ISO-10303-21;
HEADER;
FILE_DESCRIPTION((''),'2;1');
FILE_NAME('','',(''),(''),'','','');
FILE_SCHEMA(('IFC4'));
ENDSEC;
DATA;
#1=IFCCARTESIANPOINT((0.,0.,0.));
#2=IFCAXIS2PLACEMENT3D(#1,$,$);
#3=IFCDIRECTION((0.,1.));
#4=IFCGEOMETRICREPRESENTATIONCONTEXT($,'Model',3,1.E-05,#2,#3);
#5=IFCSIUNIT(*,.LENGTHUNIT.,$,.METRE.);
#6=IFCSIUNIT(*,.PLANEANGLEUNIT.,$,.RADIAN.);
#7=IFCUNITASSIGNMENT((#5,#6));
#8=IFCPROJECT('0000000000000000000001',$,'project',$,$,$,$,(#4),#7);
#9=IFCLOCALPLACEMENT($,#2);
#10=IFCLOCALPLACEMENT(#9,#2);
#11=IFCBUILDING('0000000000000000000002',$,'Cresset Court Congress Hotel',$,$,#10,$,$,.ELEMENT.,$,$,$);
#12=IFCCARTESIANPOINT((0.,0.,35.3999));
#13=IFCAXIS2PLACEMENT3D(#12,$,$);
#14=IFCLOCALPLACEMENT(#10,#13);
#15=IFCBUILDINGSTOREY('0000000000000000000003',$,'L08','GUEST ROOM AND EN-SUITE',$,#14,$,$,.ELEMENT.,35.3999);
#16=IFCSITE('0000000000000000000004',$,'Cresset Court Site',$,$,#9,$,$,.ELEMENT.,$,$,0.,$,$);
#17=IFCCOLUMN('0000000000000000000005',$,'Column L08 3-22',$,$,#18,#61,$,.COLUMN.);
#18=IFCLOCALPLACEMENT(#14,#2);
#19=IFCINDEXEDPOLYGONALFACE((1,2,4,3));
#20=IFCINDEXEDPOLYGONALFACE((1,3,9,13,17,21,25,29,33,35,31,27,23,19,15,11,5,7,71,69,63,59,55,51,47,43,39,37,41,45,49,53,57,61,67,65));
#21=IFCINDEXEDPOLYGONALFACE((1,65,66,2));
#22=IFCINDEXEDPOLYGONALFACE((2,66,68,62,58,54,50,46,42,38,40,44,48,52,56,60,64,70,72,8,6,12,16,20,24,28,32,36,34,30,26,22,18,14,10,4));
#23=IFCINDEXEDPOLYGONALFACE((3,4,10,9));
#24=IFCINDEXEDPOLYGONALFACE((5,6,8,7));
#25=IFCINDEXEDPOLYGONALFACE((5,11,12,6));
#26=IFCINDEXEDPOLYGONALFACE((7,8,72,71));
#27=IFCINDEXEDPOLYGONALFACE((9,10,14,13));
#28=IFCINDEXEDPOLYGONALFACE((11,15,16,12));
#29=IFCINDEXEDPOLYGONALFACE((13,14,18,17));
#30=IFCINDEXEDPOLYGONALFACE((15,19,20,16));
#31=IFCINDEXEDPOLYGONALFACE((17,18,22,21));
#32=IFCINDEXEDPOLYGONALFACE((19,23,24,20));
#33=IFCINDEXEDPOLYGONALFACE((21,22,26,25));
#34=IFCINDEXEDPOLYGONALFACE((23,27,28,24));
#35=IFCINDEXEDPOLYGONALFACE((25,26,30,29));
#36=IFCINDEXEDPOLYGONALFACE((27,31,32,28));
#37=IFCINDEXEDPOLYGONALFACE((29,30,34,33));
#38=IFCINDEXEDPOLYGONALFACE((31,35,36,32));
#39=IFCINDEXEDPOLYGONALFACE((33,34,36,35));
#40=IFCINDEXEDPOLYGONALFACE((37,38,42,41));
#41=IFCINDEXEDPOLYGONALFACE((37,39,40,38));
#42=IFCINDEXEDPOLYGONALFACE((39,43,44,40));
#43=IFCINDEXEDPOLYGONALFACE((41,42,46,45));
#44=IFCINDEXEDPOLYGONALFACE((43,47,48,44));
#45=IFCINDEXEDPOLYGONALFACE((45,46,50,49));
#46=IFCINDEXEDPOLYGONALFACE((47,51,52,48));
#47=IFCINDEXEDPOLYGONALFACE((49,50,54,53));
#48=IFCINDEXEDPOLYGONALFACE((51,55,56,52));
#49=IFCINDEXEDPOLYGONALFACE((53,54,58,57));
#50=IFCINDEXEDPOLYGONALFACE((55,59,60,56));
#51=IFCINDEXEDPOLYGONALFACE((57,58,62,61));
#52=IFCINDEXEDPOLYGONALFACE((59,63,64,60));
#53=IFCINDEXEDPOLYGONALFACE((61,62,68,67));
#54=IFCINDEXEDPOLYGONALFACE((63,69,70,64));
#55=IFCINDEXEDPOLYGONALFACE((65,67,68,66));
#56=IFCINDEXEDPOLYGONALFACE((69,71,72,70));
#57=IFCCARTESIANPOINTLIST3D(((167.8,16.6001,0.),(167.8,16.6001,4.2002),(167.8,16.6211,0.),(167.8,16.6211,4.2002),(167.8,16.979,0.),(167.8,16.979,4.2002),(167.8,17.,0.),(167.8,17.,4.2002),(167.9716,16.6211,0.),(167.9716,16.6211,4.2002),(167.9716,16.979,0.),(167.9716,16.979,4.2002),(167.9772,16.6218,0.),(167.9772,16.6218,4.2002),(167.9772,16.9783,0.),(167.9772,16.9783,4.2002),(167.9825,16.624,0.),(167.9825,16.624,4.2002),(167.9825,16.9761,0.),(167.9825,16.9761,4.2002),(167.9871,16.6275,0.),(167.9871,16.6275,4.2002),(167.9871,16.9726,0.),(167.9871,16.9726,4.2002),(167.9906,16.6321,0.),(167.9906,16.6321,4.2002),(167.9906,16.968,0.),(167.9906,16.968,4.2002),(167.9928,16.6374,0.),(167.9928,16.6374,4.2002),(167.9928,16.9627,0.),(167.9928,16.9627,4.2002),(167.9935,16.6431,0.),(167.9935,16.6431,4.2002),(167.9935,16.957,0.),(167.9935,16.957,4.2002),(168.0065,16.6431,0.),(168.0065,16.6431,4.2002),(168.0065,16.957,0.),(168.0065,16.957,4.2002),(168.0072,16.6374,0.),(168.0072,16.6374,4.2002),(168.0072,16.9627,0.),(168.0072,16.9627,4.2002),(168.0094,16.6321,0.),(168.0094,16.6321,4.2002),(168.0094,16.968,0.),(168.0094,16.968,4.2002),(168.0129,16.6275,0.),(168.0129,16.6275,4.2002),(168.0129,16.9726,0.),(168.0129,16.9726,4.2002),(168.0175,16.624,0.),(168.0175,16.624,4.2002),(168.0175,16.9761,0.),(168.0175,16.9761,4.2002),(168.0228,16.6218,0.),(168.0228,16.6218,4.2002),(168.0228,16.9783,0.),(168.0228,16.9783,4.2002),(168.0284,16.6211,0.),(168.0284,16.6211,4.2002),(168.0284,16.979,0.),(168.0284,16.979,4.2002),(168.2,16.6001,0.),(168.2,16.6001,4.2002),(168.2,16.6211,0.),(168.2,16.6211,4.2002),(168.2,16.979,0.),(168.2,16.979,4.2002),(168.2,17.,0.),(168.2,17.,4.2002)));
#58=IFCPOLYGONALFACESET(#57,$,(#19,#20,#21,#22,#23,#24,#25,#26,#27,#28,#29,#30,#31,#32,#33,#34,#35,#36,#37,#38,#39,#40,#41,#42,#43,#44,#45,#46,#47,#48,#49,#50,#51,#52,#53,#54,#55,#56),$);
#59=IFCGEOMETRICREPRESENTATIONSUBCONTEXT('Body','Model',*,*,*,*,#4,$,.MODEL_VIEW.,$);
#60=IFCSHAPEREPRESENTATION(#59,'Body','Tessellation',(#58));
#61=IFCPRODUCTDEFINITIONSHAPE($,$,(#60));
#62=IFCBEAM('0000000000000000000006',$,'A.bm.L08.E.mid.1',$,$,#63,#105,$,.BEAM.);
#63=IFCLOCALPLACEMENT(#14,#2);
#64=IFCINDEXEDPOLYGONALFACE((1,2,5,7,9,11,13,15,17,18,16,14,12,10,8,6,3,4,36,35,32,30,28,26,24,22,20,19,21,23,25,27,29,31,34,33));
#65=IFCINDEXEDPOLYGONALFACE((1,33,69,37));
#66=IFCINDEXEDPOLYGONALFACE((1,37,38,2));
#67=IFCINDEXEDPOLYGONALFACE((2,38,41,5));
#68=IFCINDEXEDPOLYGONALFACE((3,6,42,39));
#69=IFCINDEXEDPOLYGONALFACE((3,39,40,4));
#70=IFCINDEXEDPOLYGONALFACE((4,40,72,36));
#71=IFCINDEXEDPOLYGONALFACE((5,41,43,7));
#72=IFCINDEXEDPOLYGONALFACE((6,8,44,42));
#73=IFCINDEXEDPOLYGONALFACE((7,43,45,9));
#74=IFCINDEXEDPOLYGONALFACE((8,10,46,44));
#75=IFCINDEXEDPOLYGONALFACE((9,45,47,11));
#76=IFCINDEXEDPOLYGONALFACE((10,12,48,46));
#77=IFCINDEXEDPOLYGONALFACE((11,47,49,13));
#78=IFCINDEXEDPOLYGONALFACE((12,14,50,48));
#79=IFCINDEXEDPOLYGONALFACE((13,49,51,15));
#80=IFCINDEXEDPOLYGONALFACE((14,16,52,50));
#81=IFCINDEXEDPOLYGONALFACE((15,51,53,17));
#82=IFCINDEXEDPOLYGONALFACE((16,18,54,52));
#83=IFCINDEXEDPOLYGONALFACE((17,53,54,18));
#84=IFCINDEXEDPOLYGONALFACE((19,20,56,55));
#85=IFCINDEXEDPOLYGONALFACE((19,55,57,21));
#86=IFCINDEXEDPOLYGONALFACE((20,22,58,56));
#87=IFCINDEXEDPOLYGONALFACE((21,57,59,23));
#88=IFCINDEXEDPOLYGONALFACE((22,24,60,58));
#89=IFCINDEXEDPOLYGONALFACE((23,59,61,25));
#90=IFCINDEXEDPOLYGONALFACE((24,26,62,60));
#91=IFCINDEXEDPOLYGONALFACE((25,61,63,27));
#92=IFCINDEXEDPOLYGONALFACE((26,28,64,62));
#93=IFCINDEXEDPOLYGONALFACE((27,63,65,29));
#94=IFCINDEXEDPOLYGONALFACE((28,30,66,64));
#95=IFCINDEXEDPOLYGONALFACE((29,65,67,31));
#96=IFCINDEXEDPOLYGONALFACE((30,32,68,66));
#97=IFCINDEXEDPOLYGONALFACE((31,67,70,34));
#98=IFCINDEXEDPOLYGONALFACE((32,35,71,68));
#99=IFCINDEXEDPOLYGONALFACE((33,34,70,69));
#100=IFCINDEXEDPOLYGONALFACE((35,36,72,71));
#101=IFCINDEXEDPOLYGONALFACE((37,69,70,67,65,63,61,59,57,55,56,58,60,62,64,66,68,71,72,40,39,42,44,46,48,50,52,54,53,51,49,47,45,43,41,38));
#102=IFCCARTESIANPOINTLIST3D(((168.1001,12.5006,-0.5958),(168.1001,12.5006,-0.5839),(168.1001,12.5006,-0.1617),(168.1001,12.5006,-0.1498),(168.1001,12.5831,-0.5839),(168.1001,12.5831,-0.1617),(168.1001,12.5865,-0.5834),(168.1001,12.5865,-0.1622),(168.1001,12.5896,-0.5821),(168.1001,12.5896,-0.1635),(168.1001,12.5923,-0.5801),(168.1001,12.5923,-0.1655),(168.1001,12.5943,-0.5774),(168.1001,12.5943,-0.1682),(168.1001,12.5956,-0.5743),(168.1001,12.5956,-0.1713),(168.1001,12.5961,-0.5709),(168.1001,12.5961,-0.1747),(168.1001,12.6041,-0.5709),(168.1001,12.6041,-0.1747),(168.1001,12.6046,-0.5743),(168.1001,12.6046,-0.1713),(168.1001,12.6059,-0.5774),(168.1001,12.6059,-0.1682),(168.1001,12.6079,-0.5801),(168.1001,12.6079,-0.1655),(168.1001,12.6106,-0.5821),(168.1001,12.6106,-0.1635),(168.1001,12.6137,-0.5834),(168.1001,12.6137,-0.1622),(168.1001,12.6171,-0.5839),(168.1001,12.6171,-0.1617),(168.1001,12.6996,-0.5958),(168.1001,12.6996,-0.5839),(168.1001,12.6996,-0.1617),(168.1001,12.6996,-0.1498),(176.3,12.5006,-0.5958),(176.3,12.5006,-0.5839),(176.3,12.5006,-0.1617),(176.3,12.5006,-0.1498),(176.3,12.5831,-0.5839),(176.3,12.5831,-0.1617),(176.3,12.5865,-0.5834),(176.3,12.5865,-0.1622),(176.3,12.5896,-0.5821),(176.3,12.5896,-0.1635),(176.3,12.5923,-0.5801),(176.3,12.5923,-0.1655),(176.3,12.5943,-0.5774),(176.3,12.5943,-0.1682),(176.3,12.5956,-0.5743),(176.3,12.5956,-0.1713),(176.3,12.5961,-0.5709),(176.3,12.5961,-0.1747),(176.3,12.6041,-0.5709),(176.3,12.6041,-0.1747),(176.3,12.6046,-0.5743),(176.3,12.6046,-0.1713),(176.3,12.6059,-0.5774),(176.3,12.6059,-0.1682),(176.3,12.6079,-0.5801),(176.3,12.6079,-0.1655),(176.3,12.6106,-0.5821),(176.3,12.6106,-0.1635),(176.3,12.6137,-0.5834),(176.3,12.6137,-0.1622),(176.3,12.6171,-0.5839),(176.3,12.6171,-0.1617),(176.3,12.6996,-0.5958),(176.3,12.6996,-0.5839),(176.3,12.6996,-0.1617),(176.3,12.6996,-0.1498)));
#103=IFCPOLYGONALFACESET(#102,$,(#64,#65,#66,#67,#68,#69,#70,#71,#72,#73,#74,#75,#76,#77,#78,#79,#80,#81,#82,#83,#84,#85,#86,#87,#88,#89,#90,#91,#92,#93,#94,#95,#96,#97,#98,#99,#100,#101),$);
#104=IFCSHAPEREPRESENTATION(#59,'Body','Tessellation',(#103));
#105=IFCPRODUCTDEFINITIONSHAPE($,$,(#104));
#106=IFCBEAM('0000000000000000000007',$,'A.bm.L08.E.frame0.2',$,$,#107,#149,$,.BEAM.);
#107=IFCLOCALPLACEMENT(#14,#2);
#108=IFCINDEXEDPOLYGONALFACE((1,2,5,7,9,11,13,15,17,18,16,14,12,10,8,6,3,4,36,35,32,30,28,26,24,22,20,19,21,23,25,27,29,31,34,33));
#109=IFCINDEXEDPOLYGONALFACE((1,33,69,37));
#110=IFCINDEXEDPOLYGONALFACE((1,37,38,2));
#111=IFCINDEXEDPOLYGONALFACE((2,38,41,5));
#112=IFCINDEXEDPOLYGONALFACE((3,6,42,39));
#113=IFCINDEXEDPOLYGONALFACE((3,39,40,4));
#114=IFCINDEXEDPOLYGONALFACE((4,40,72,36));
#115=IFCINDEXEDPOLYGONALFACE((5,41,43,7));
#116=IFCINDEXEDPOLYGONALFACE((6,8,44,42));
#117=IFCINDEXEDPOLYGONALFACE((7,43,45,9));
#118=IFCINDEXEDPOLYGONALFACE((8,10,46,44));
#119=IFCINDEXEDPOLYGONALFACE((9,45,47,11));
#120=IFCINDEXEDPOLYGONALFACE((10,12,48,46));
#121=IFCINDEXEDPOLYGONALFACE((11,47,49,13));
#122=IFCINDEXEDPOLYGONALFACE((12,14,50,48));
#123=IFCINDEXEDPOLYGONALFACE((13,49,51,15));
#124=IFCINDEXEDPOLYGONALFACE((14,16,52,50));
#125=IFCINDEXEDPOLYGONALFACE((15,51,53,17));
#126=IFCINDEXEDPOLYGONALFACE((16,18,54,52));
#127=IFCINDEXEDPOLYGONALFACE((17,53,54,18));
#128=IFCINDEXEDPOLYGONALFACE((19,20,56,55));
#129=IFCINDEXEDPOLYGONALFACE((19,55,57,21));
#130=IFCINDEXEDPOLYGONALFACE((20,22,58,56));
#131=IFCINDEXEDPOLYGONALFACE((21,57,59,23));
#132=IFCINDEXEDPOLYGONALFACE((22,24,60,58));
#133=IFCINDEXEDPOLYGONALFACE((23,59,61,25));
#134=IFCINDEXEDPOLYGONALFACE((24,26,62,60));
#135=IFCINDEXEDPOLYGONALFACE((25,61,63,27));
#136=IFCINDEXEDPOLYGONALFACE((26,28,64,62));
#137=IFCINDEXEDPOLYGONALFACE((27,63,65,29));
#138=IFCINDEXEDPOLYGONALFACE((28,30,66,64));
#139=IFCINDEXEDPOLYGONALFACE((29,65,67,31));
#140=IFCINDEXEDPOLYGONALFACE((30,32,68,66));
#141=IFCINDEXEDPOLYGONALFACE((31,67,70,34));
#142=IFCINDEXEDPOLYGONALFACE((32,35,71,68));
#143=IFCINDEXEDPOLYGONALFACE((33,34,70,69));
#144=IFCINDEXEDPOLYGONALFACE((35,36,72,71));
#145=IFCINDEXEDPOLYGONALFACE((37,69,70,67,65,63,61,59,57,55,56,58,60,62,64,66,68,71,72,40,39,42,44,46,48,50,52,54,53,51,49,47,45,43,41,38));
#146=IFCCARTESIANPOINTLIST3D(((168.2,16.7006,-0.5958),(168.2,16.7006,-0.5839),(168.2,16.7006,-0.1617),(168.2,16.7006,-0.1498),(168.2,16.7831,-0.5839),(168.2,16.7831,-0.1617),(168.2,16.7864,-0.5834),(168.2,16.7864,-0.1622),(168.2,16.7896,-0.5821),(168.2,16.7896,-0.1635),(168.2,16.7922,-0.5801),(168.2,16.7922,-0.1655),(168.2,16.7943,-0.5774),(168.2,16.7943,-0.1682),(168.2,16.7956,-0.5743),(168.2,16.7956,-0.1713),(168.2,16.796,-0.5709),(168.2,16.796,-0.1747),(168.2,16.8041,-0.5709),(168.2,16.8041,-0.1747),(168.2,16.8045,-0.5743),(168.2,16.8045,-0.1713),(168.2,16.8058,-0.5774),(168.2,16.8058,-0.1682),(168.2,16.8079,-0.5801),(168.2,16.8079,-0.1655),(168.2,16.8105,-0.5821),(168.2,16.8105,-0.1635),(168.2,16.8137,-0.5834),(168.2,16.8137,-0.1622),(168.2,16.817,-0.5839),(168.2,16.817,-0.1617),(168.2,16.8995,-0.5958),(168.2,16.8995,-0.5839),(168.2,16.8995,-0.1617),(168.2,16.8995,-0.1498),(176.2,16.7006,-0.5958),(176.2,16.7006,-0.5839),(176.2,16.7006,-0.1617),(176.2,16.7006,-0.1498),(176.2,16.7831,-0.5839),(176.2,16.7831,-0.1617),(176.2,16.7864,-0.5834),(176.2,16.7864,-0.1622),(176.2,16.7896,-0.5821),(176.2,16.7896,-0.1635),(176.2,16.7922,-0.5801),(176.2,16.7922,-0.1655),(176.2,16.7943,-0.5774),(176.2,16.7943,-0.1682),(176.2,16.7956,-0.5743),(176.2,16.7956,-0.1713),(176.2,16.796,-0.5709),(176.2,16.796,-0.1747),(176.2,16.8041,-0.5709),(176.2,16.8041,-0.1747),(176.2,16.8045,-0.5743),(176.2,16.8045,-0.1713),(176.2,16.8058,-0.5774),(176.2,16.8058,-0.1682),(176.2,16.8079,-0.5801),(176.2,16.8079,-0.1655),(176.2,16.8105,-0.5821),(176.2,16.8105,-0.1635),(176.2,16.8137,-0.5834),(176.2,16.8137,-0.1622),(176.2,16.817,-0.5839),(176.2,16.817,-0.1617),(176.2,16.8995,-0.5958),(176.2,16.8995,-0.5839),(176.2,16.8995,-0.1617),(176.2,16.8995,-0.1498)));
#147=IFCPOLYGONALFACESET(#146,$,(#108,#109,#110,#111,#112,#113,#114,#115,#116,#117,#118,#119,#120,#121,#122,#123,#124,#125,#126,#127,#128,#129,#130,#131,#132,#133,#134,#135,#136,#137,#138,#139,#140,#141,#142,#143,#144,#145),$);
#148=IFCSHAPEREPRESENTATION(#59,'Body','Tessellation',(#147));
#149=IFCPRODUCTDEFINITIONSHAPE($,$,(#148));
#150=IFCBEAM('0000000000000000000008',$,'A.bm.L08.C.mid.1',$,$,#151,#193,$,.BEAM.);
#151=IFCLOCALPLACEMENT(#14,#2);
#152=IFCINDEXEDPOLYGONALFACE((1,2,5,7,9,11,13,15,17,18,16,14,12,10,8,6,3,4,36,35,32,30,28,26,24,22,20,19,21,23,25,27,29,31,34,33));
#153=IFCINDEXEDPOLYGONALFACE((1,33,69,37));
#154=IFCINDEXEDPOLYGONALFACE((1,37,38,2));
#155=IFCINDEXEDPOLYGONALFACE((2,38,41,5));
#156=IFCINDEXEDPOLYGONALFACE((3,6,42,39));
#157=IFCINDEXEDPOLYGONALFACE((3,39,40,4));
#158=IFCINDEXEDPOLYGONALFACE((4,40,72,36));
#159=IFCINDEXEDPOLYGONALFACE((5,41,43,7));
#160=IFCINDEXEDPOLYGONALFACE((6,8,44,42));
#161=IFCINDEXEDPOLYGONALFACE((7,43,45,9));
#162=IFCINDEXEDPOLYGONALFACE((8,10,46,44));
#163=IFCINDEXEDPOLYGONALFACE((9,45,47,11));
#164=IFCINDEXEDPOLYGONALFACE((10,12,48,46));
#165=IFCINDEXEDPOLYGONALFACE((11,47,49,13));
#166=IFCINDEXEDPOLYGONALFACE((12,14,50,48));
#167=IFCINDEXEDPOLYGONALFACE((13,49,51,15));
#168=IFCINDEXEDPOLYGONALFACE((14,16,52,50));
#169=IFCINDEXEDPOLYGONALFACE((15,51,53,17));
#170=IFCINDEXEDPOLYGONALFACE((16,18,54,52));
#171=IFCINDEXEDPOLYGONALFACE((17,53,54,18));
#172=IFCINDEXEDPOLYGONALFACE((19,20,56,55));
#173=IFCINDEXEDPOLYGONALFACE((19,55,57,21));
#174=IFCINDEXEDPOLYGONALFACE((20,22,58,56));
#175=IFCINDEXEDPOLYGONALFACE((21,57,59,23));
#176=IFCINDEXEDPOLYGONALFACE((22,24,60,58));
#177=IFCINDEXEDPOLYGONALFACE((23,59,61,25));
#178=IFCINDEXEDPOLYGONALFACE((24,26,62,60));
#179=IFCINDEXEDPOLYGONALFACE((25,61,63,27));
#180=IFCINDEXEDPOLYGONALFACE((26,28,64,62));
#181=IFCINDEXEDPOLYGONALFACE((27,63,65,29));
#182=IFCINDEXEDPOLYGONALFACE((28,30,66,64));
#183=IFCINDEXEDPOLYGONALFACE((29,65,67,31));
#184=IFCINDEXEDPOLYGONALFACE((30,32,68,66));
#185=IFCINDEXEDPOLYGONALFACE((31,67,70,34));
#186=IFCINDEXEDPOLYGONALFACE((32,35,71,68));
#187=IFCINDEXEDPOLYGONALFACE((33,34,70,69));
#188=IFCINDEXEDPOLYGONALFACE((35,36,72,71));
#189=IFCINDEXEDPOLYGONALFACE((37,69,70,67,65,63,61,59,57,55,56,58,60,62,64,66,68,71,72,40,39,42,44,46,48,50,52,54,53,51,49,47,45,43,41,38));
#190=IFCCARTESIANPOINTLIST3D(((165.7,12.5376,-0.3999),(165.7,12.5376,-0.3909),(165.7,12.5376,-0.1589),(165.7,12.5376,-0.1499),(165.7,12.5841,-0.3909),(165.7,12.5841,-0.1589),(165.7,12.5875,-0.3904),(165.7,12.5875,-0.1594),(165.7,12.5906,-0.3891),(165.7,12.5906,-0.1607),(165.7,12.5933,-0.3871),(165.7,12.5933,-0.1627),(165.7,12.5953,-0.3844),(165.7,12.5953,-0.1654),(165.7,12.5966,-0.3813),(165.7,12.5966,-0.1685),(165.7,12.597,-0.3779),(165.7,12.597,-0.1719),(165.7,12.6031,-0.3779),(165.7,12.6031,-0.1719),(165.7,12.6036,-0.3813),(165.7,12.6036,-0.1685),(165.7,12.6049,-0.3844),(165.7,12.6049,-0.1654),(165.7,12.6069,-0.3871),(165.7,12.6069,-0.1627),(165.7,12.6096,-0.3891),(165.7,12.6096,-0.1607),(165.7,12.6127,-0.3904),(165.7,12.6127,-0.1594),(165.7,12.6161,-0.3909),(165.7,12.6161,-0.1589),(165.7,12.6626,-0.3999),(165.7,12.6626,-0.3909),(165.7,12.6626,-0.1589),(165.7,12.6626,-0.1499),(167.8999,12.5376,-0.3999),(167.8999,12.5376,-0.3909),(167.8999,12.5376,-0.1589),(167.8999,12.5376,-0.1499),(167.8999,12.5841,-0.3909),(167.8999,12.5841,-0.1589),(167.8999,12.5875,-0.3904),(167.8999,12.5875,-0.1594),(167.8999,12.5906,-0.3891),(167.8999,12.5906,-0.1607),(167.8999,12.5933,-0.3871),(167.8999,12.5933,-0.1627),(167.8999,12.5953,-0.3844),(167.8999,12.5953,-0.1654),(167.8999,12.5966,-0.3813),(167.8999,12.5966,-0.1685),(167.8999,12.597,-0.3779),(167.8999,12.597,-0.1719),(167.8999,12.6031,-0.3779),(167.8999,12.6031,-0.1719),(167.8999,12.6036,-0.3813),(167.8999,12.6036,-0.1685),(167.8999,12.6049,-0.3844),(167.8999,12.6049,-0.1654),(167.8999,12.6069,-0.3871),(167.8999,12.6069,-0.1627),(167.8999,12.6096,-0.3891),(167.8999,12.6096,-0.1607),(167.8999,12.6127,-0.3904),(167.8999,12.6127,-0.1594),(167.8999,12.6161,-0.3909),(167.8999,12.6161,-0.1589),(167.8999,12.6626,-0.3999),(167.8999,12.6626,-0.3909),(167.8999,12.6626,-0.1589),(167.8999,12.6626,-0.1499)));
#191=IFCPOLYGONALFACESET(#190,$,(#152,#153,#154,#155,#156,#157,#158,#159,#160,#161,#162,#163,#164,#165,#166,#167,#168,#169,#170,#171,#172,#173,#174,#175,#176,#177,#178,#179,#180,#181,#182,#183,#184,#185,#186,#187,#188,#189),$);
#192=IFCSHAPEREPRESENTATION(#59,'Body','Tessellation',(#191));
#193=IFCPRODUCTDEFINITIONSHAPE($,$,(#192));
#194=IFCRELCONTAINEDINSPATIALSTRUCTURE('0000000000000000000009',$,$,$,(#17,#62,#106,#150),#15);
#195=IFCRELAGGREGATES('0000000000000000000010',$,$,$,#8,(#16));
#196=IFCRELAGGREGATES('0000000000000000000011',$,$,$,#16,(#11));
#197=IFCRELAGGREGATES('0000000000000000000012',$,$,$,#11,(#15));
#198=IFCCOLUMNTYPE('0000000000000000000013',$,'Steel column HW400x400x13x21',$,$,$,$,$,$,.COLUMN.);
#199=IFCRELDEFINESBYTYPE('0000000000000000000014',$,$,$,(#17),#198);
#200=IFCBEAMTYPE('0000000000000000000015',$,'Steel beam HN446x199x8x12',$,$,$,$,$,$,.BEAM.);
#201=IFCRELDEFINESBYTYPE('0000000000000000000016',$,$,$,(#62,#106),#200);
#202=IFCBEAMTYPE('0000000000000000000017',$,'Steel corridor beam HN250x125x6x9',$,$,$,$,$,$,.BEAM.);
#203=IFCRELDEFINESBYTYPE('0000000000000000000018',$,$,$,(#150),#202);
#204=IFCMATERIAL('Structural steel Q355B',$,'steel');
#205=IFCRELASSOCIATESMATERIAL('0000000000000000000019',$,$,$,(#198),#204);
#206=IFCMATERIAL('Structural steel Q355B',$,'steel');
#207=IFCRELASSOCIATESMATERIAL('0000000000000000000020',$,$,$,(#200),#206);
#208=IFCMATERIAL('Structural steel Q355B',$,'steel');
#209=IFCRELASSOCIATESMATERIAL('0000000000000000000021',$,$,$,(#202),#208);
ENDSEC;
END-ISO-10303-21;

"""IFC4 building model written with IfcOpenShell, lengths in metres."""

from ifc_helpers import new_model, si_unit, direction, frame, origin, origin_2d, place, context, subcontext, project, spatial, i_section, extrude, material, material_profile, profile_set, type_object, element, save


model = new_model("IFC4")

# Units and contexts
model_context = context("Model", 3, precision=1e-05, world=origin(), true_north=direction((0.0, 1.0)))
body_context = subcontext(model_context, "Body", "Model", "MODEL_VIEW")
ifc_project = project(units=[si_unit("LENGTHUNIT", "METRE"), si_unit("PLANEANGLEUNIT", "RADIAN")], contexts=[model_context])

# Site, building, storey
site_placement = place(None, origin())
site = spatial("IfcSite", under=ifc_project, at=site_placement, Name="Cresset Court Site", CompositionType="ELEMENT", RefElevation=0.0)
building_placement = place(site_placement, origin())
building = spatial("IfcBuilding", under=site, at=building_placement, Name="Cresset Court Congress Hotel", CompositionType="ELEMENT")
storey_placement = place(building_placement, frame((0.0, 0.0, 35.3999)))
storey = spatial("IfcBuildingStorey", under=building, at=storey_placement, Name="L08", Description="GUEST ROOM AND EN-SUITE", CompositionType="ELEMENT", Elevation=35.3999)

# Column
ifc_material_1 = material(Name="Structural steel Q355B", Category="steel")
ifc_material_profile_1 = material_profile(ifc_material_1, i_section(OverallWidth=0.3999, OverallDepth=0.3999, WebThickness=0.0129, FlangeThickness=0.021, FilletRadius=0.022, at=origin_2d()), Name="HW400x400x13x21")
ifc_profile_set_1 = profile_set([ifc_material_profile_1], Name="Structural steel Q355B")
column_type = type_object("IfcColumnType", Name="Steel column HW400x400x13x21", PredefinedType="COLUMN", material=ifc_profile_set_1)
column_placement = place(storey_placement, frame((168.0, 16.8, 0.0), z_axis=(0.0, 0.0, 1.0), x_axis=(1.0, 0.0, 0.0)))
element("IfcColumn", 1, at=column_placement, inside=storey, type_object=column_type, Name="Column L08 3-22", PredefinedType="COLUMN", context=body_context, shape_type="SweptSolid", body=[
    extrude(i_section(OverallWidth=0.3999, OverallDepth=0.3999, WebThickness=0.0129, FlangeThickness=0.021, FilletRadius=0.022, at=origin_2d()), origin(), (0.0, 0.0, 1.0), 4.2002),
])

# Beams
ifc_material_2 = material(Name="Structural steel Q355B", Category="steel")
ifc_material_profile_2 = material_profile(ifc_material_2, i_section(OverallWidth=0.199, OverallDepth=0.446, WebThickness=0.0081, FlangeThickness=0.012, FilletRadius=0.0129, at=origin_2d()), Name="HN446x199x8x12")
ifc_profile_set_2 = profile_set([ifc_material_profile_2], Name="Structural steel Q355B")
beam_type_1 = type_object("IfcBeamType", Name="Steel beam HN446x199x8x12", PredefinedType="BEAM", material=ifc_profile_set_2)
beam_1_placement = place(storey_placement, frame((168.1001, 12.6001, -0.3728), z_axis=(1.0, 0.0, 0.0), x_axis=(0.0, 1.0, 0.0)))
element("IfcBeam", 2, at=beam_1_placement, inside=storey, type_object=beam_type_1, Name="A.bm.L08.E.mid.1", PredefinedType="BEAM", context=body_context, shape_type="SweptSolid", body=[
    extrude(i_section(OverallWidth=0.199, OverallDepth=0.446, WebThickness=0.0081, FlangeThickness=0.012, FilletRadius=0.0129, at=origin_2d()), origin(), (0.0, 0.0, 1.0), 8.2),
])
beam_2_placement = place(storey_placement, frame((168.2, 16.8, -0.3728), z_axis=(1.0, 0.0, 0.0), x_axis=(0.0, 1.0, 0.0)))
element("IfcBeam", 3, at=beam_2_placement, inside=storey, type_object=beam_type_1, Name="A.bm.L08.E.frame0.2", PredefinedType="BEAM", context=body_context, shape_type="SweptSolid", body=[
    extrude(i_section(OverallWidth=0.199, OverallDepth=0.446, WebThickness=0.0081, FlangeThickness=0.012, FilletRadius=0.0129, at=origin_2d()), origin(), (0.0, 0.0, 1.0), 8.0),
])
ifc_material_3 = material(Name="Structural steel Q355B", Category="steel")
ifc_material_profile_3 = material_profile(ifc_material_3, i_section(OverallWidth=0.125, OverallDepth=0.25, WebThickness=0.0061, FlangeThickness=0.009, FilletRadius=0.0129, at=origin_2d()), Name="HN250x125x6x9")
ifc_profile_set_3 = profile_set([ifc_material_profile_3], Name="Structural steel Q355B")
beam_type_2 = type_object("IfcBeamType", Name="Steel corridor beam HN250x125x6x9", PredefinedType="BEAM", material=ifc_profile_set_3)
beam_3_placement = place(storey_placement, frame((165.7, 12.6001, -0.2749), z_axis=(1.0, 0.0, 0.0), x_axis=(0.0, 1.0, 0.0)))
element("IfcBeam", 4, at=beam_3_placement, inside=storey, type_object=beam_type_2, Name="A.bm.L08.C.mid.1", PredefinedType="BEAM", context=body_context, shape_type="SweptSolid", body=[
    extrude(i_section(OverallWidth=0.125, OverallDepth=0.25, WebThickness=0.0061, FlangeThickness=0.009, FilletRadius=0.0129, at=origin_2d()), origin(), (0.0, 0.0, 1.0), 2.2),
])

save(model, "model.ifc")
